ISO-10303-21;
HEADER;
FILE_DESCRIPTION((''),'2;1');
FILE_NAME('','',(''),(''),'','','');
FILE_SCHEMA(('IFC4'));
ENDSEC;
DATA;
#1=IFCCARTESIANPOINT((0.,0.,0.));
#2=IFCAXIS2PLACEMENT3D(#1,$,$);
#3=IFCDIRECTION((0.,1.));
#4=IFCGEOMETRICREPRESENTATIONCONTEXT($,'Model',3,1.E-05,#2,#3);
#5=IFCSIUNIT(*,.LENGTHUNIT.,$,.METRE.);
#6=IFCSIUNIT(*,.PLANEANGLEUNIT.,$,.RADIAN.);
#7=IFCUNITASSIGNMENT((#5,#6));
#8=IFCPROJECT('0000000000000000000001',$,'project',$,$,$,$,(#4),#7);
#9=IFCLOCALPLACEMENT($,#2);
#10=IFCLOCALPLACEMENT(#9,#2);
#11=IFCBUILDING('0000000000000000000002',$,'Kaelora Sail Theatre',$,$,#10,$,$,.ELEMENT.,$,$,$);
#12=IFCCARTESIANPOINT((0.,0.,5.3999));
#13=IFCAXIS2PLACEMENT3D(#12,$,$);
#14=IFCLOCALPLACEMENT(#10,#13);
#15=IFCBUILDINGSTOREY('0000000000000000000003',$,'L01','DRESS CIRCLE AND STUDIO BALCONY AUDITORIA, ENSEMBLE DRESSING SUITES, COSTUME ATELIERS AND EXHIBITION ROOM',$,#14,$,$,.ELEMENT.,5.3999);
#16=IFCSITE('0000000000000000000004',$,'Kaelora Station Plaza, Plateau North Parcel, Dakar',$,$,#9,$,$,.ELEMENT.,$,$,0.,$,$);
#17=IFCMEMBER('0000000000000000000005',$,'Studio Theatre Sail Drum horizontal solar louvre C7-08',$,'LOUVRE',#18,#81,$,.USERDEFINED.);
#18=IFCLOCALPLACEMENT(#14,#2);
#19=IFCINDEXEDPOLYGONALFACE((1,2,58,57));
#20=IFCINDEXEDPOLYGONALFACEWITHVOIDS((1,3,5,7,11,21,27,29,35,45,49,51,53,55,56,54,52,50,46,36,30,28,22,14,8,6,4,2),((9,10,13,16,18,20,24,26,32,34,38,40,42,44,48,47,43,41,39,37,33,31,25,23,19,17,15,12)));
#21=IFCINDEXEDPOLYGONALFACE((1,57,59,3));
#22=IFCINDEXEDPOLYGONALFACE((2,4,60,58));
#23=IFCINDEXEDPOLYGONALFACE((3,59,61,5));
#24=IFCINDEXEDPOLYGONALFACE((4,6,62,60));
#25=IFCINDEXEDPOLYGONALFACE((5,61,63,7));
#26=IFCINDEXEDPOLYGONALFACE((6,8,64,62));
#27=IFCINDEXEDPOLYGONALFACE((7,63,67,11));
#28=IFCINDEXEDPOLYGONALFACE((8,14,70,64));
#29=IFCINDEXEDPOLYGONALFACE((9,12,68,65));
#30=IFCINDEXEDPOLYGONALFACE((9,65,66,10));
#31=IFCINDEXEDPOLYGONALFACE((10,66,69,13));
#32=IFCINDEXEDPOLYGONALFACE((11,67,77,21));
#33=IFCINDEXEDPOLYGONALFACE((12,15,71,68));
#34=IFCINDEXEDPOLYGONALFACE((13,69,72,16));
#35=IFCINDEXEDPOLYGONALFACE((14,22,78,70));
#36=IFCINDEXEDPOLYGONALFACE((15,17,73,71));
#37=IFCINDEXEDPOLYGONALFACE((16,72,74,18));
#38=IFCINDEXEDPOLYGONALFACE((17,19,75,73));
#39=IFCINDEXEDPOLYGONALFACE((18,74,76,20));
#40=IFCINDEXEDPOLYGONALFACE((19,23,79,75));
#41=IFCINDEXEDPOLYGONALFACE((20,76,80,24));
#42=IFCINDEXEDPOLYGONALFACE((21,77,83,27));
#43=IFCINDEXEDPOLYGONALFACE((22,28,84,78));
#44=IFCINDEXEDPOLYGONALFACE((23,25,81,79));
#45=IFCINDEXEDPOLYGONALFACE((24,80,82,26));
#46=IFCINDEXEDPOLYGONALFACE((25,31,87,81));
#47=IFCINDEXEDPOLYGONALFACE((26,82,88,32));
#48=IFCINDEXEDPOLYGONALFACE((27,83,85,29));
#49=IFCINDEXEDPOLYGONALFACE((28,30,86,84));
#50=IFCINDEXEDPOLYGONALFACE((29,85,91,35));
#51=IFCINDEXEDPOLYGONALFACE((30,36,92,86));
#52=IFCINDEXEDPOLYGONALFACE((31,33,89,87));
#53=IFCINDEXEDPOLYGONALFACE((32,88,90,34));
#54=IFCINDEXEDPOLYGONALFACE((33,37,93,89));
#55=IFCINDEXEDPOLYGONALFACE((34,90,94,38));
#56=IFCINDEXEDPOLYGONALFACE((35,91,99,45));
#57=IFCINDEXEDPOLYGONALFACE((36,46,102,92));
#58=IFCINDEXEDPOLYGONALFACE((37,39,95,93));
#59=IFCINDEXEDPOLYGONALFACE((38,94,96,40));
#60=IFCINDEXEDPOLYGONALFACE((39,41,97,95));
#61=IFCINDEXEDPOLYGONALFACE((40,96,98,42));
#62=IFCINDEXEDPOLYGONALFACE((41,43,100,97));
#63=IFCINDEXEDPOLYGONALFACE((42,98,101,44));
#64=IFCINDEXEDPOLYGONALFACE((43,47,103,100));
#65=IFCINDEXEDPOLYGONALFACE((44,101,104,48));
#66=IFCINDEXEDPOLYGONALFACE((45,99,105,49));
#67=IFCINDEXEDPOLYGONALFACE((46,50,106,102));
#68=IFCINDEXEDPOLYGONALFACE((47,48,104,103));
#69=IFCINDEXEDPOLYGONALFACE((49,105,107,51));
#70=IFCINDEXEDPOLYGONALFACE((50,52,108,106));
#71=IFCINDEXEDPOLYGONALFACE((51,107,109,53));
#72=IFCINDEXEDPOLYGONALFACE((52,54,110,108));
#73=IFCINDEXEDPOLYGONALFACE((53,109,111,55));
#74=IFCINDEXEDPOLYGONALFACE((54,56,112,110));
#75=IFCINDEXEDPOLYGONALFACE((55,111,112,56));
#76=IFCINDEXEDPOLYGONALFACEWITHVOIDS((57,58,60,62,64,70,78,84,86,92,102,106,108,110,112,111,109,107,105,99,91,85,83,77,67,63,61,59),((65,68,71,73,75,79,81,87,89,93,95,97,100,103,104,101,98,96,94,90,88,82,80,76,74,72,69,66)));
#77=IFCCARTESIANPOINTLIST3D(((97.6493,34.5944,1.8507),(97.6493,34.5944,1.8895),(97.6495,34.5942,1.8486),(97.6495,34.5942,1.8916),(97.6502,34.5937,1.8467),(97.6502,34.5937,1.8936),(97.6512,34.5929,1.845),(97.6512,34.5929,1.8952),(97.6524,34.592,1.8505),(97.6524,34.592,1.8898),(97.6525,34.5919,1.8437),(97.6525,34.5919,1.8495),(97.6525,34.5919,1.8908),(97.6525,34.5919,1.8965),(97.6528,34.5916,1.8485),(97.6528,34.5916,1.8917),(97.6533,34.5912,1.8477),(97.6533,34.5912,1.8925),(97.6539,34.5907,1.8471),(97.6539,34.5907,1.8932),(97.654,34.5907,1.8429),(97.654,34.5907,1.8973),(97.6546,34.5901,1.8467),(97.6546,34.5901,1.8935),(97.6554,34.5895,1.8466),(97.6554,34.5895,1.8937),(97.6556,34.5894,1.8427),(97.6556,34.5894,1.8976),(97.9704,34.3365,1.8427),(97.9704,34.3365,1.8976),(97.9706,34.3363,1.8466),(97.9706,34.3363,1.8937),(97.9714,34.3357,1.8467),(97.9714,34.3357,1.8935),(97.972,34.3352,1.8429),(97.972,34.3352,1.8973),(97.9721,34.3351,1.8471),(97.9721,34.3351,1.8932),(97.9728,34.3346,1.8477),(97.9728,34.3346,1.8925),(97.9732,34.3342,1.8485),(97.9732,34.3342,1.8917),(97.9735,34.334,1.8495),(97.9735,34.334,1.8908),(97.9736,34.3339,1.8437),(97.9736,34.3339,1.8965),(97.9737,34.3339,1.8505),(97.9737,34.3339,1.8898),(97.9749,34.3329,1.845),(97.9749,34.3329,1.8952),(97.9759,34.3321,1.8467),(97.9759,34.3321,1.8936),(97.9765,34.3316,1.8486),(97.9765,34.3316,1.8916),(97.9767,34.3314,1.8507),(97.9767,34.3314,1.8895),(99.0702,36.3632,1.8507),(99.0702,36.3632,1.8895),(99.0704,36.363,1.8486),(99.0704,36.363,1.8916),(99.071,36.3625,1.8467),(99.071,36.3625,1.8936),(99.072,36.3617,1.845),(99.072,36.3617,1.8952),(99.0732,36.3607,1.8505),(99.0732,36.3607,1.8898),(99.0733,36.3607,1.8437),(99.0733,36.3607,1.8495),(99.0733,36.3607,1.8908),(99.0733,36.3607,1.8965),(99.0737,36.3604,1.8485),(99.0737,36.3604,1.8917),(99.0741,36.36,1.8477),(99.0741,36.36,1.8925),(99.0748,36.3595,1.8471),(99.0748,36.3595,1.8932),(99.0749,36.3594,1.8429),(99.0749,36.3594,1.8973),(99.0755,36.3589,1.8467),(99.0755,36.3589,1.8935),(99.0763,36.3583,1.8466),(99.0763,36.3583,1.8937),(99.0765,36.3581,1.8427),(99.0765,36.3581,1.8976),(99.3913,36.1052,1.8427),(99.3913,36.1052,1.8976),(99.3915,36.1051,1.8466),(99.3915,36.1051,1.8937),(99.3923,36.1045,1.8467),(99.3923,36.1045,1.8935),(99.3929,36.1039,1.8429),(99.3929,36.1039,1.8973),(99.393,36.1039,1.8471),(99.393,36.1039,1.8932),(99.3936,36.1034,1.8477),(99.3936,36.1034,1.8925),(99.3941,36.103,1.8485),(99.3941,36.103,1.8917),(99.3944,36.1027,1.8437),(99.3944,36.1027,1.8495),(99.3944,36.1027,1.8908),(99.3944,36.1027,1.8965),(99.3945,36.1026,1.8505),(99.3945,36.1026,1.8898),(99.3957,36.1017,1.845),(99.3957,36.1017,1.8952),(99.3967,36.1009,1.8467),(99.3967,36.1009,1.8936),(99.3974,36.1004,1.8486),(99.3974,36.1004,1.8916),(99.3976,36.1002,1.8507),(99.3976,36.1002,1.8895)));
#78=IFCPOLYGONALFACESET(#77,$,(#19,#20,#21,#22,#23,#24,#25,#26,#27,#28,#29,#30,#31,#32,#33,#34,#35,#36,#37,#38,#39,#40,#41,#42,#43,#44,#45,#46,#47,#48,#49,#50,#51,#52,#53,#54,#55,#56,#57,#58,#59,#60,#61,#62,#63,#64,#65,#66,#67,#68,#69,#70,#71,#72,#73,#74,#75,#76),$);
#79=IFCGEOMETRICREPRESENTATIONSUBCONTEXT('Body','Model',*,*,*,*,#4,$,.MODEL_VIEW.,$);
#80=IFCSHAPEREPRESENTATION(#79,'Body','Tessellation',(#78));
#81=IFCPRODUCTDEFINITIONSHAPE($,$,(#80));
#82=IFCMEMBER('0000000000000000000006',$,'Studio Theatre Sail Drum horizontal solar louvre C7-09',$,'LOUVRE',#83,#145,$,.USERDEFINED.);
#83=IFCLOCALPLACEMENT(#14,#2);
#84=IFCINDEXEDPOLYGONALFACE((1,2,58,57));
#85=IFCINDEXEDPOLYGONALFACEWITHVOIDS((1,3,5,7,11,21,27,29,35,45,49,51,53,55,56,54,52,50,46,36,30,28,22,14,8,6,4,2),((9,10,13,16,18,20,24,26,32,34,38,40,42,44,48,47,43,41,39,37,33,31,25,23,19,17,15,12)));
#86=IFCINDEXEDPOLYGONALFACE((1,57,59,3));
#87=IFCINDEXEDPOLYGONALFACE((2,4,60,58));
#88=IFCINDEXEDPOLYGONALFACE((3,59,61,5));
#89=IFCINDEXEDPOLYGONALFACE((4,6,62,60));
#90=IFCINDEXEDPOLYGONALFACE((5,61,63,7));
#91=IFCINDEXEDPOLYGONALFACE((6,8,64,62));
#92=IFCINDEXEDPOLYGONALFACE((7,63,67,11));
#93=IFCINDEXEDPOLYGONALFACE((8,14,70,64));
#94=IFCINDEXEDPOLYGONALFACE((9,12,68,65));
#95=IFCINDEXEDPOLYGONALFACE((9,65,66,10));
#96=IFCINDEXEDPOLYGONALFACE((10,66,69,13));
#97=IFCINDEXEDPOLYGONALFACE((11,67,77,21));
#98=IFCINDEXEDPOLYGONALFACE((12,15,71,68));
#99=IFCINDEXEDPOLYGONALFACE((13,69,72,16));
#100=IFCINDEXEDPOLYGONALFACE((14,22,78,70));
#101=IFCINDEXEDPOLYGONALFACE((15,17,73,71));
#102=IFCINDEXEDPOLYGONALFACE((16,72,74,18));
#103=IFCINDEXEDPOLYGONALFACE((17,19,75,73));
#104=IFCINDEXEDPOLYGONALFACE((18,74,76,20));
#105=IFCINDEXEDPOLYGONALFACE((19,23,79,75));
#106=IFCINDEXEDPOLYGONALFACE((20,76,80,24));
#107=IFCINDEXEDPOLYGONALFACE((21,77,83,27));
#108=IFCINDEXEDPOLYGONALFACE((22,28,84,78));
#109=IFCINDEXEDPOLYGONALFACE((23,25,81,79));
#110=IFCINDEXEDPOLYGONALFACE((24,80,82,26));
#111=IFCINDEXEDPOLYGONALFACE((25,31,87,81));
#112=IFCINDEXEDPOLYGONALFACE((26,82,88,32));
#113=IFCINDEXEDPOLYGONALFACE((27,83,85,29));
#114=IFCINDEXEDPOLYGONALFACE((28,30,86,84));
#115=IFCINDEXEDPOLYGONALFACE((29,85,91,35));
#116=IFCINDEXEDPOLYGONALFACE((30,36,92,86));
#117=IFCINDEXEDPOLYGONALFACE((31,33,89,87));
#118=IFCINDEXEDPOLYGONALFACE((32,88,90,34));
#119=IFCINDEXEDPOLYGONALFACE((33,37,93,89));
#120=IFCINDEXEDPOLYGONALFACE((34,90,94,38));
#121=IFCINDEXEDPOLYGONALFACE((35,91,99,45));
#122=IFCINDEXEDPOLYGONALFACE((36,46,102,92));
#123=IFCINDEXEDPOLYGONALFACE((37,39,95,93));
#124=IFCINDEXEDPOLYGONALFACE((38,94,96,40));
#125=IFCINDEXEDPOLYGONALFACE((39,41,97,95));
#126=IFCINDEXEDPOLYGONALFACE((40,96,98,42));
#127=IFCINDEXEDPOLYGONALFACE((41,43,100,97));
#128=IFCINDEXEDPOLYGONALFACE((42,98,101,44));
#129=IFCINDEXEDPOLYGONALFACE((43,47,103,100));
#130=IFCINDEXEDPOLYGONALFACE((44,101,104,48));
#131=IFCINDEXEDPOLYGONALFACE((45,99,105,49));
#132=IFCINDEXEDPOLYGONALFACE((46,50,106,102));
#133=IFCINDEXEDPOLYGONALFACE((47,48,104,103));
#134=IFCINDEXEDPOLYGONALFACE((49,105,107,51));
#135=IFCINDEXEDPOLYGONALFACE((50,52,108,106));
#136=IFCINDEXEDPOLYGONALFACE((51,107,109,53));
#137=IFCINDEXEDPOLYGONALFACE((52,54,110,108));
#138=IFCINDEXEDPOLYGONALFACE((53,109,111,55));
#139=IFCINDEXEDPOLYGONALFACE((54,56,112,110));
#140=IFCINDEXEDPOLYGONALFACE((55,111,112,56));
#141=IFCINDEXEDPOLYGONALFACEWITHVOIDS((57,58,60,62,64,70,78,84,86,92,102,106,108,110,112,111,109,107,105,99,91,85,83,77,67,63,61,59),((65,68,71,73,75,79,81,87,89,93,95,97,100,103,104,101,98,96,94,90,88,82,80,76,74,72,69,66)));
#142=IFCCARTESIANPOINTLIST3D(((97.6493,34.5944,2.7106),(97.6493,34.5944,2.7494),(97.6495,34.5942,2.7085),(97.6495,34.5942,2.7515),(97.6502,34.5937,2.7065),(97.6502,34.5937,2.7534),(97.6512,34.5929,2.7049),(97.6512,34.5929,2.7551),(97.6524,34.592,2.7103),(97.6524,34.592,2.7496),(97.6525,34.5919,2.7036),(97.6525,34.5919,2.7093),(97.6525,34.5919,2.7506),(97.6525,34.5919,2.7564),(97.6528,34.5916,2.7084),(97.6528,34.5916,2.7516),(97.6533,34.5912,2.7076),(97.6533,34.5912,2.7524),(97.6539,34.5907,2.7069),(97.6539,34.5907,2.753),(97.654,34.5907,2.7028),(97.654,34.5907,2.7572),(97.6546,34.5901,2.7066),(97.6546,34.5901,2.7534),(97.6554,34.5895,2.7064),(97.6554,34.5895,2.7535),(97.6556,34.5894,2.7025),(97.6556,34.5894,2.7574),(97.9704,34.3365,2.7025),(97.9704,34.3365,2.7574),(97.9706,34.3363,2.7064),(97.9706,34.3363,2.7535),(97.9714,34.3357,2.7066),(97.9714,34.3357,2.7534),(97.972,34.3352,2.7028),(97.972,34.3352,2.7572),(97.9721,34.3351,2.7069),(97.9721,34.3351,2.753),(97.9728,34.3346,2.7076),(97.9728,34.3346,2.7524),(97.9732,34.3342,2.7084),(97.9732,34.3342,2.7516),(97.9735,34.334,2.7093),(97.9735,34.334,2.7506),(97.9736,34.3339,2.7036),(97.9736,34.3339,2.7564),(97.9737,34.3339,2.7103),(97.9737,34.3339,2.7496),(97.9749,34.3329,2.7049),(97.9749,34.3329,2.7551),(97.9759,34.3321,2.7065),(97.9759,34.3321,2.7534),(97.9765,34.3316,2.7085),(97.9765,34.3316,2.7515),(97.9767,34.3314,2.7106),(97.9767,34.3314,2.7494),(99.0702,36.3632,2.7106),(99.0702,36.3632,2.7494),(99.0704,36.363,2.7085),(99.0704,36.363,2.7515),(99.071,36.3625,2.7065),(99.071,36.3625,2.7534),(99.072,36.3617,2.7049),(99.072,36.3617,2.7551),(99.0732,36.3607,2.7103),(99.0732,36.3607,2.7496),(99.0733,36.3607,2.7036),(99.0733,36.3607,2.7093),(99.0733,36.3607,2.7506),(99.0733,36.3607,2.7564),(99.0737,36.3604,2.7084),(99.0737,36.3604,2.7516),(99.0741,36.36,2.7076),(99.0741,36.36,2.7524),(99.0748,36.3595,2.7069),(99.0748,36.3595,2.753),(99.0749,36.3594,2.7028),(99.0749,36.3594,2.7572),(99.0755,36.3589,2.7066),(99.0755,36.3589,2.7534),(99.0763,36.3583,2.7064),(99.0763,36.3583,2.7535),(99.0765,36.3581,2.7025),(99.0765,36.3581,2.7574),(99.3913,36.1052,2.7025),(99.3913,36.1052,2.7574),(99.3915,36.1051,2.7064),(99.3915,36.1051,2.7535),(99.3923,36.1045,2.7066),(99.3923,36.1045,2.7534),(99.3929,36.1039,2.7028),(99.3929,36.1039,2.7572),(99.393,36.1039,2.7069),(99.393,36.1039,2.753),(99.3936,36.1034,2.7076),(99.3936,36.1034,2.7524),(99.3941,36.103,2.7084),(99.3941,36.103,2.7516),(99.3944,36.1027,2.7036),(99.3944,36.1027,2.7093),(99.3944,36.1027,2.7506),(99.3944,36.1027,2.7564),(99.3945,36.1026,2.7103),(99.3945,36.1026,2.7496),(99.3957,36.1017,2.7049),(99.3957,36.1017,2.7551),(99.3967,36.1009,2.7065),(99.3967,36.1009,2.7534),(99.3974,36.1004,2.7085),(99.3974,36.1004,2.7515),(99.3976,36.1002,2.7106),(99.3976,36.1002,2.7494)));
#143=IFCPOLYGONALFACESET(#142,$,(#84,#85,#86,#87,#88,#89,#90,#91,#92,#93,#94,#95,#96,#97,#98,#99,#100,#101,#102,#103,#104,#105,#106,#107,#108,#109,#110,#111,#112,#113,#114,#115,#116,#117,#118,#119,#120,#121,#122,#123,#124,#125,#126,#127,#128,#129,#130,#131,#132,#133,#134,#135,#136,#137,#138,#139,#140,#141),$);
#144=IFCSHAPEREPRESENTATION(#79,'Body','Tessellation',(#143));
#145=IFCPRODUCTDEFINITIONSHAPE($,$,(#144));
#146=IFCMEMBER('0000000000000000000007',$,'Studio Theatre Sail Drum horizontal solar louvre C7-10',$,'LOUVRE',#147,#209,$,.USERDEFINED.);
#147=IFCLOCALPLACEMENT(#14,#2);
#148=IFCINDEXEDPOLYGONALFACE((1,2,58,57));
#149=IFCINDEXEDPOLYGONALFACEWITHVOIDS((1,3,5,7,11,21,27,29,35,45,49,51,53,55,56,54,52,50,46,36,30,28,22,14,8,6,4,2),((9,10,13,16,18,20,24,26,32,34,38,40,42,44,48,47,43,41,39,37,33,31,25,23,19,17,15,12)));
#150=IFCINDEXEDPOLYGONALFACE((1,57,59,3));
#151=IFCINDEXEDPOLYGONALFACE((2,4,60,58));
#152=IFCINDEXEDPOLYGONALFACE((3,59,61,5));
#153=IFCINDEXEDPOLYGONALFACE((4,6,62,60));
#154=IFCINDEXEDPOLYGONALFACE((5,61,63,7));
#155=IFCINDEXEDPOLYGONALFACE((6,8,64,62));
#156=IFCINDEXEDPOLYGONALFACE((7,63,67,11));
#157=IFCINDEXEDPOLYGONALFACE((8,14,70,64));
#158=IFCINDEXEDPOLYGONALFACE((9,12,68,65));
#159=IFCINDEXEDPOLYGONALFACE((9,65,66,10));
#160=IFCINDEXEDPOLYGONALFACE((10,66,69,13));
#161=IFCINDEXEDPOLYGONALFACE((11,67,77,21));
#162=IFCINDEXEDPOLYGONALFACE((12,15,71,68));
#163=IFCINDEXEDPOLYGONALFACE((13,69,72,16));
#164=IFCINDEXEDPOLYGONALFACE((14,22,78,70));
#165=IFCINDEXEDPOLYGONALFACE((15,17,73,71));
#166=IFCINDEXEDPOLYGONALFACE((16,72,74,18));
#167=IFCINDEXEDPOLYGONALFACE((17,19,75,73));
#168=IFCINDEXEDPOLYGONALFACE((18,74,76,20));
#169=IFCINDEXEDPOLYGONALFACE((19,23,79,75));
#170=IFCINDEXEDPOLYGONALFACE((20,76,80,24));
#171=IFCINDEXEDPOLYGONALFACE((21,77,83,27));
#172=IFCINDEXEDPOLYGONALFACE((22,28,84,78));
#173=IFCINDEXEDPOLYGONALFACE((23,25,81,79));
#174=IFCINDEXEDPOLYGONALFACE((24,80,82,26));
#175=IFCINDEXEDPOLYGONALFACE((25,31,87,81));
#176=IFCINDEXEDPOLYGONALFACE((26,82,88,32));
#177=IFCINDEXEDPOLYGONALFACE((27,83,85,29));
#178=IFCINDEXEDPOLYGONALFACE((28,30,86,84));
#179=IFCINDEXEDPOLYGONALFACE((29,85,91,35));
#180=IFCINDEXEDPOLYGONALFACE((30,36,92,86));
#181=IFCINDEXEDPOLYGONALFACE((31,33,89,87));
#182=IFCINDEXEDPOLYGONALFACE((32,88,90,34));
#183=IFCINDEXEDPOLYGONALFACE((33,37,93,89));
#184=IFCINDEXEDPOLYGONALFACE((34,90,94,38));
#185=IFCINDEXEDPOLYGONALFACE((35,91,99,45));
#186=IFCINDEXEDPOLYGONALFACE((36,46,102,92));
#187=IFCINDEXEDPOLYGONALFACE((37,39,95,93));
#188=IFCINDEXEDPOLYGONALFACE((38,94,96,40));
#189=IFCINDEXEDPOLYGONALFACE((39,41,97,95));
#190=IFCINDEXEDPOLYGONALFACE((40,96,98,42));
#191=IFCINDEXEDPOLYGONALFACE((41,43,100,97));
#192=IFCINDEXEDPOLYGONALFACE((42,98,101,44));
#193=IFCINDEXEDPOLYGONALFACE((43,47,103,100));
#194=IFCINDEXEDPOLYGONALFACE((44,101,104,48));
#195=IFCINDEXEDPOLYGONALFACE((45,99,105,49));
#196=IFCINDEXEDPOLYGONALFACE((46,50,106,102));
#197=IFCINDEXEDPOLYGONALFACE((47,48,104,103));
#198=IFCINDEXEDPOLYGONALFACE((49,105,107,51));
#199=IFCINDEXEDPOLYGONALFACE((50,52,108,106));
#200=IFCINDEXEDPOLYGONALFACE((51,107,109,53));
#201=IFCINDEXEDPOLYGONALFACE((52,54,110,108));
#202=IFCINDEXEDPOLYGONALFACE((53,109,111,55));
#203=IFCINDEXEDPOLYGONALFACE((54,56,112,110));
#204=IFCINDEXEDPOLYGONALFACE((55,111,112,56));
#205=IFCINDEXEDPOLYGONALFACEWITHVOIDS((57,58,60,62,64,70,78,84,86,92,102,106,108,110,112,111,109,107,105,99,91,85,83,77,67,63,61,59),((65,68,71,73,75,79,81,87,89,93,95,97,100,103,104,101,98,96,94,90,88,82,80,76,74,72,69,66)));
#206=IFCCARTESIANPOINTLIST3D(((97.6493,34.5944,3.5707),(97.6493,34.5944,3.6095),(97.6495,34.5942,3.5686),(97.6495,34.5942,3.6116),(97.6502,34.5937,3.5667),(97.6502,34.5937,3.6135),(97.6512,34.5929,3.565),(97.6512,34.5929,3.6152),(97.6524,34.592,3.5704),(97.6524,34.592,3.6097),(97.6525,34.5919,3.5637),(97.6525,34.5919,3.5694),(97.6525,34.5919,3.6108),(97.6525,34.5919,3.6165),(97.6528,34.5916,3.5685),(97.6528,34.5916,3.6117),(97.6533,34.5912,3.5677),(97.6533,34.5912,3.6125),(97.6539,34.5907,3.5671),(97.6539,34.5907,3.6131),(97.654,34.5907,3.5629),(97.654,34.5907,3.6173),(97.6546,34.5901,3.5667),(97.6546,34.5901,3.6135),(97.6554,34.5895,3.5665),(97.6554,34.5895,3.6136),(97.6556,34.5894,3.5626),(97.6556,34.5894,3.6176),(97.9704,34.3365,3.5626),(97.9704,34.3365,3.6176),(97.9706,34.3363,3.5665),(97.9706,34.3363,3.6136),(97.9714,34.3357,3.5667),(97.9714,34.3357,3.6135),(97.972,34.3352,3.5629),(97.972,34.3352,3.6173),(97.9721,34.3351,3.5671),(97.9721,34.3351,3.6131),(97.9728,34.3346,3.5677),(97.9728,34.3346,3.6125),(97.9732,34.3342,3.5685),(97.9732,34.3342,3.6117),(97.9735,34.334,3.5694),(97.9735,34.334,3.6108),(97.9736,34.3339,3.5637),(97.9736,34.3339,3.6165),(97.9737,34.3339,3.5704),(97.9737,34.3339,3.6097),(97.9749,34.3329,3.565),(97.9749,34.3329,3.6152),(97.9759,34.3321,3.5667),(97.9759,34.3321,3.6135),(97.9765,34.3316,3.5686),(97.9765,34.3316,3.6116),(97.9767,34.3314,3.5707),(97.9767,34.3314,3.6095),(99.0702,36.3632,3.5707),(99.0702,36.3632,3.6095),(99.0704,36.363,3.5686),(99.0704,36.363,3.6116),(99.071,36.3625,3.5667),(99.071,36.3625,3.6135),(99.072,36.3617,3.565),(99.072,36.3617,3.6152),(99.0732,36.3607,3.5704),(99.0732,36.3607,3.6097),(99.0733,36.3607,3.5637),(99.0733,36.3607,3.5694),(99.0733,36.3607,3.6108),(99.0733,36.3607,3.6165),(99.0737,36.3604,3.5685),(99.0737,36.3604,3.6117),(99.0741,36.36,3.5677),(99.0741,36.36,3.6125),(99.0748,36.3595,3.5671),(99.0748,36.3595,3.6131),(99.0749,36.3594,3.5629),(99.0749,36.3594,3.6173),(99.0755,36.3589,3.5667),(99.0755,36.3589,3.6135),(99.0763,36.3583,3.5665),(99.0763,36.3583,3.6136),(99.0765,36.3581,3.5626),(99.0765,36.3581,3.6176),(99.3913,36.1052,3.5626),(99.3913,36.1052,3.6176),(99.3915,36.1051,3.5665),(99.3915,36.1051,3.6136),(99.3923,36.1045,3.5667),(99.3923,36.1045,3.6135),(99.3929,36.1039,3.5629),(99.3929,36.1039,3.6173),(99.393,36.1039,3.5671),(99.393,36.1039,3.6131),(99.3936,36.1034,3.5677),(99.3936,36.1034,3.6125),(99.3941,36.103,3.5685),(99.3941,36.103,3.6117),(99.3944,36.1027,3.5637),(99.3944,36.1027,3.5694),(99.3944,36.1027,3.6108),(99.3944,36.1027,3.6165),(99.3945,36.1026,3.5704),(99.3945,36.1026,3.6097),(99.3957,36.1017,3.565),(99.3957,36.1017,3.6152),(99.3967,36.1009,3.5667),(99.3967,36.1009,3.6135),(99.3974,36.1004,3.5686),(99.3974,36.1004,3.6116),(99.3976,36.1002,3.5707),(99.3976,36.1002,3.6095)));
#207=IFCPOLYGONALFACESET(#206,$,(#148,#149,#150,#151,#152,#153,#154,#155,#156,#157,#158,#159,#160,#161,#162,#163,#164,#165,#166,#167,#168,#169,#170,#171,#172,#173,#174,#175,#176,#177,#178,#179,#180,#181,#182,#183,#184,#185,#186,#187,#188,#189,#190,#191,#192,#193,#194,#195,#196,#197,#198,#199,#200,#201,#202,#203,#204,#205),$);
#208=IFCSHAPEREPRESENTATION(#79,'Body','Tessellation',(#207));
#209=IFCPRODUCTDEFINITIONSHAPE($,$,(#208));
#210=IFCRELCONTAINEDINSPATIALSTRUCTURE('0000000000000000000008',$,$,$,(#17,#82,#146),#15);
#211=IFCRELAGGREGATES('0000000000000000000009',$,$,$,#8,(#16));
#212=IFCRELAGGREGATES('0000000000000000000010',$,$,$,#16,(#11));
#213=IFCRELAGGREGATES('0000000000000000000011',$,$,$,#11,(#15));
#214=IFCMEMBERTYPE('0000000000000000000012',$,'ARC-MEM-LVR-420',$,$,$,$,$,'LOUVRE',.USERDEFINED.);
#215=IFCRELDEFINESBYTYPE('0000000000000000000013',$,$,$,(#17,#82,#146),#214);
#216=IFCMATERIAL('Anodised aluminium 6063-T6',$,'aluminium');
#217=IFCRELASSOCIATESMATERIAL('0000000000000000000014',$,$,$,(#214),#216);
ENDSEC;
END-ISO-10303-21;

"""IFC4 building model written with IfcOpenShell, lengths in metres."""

from ifc_helpers import new_model, si_unit, direction, frame, origin, origin_2d, place, context, subcontext, project, spatial, hollow_rectangle, extrude, material, material_profile, profile_set, type_object, element, save


model = new_model("IFC4")

# Units and contexts
model_context = context("Model", 3, precision=1e-05, world=origin(), true_north=direction((0.0, 1.0)))
body_context = subcontext(model_context, "Body", "Model", "MODEL_VIEW")
ifc_project = project(units=[si_unit("LENGTHUNIT", "METRE"), si_unit("PLANEANGLEUNIT", "RADIAN")], contexts=[model_context])

# Site, building, storey
site_placement = place(None, origin())
site = spatial("IfcSite", under=ifc_project, at=site_placement, Name="Kaelora Station Plaza, Plateau North Parcel, Dakar", CompositionType="ELEMENT", RefElevation=0.0)
building_placement = place(site_placement, origin())
building = spatial("IfcBuilding", under=site, at=building_placement, Name="Kaelora Sail Theatre", CompositionType="ELEMENT")
storey_placement = place(building_placement, frame((0.0, 0.0, 5.3999)))
storey = spatial("IfcBuildingStorey", under=building, at=storey_placement, Name="L01", Description="DRESS CIRCLE AND STUDIO BALCONY AUDITORIA, ENSEMBLE DRESSING SUITES, COSTUME ATELIERS AND EXHIBITION ROOM", CompositionType="ELEMENT", Elevation=5.3999)

# Members
ifc_material_1 = material(Name="Anodised aluminium 6063-T6", Category="aluminium")
ifc_material_profile_1 = material_profile(ifc_material_1, hollow_rectangle(XDim=0.4199, YDim=0.0549, WallThickness=0.0039, InnerFilletRadius=0.0039, OuterFilletRadius=0.0081, at=origin_2d()), Name="LOUVRE 420x55x4")
ifc_profile_set_1 = profile_set([ifc_material_profile_1], Name="Anodised aluminium 6063-T6")
member_type = type_object("IfcMemberType", Name="ARC-MEM-LVR-420", ElementType="LOUVRE", PredefinedType="USERDEFINED", material=ifc_profile_set_1)
for number, where, z_axis, x_axis, name in (
    (1, (99.2339, 36.2317, 1.8701), (-0.626269, -0.779607, 0.0), (0.779607, -0.626269, 0.0), "Studio Theatre Sail Drum horizontal solar louvre C7-08"),
    (2, (99.2339, 36.2317, 2.73), (-0.626269, -0.779607, 0.0), (0.779607, -0.626269, 0.0), "Studio Theatre Sail Drum horizontal solar louvre C7-09"),
    (3, (99.2339, 36.2317, 3.5901), (-0.626269, -0.779607, 0.0), (0.779607, -0.626269, 0.0), "Studio Theatre Sail Drum horizontal solar louvre C7-10"),
):
    element("IfcMember", number, at=place(storey_placement, frame(where, z_axis=z_axis, x_axis=x_axis)), inside=storey, type_object=member_type, Name=name, ObjectType="LOUVRE", PredefinedType="USERDEFINED", context=body_context, shape_type="SweptSolid", body=[
        extrude(hollow_rectangle(XDim=0.4199, YDim=0.0549, WallThickness=0.0039, InnerFilletRadius=0.0039, OuterFilletRadius=0.0081, at=origin_2d()), origin(), (0.0, 0.0, 1.0), 2.2688),
    ])

save(model, "model.ifc")
